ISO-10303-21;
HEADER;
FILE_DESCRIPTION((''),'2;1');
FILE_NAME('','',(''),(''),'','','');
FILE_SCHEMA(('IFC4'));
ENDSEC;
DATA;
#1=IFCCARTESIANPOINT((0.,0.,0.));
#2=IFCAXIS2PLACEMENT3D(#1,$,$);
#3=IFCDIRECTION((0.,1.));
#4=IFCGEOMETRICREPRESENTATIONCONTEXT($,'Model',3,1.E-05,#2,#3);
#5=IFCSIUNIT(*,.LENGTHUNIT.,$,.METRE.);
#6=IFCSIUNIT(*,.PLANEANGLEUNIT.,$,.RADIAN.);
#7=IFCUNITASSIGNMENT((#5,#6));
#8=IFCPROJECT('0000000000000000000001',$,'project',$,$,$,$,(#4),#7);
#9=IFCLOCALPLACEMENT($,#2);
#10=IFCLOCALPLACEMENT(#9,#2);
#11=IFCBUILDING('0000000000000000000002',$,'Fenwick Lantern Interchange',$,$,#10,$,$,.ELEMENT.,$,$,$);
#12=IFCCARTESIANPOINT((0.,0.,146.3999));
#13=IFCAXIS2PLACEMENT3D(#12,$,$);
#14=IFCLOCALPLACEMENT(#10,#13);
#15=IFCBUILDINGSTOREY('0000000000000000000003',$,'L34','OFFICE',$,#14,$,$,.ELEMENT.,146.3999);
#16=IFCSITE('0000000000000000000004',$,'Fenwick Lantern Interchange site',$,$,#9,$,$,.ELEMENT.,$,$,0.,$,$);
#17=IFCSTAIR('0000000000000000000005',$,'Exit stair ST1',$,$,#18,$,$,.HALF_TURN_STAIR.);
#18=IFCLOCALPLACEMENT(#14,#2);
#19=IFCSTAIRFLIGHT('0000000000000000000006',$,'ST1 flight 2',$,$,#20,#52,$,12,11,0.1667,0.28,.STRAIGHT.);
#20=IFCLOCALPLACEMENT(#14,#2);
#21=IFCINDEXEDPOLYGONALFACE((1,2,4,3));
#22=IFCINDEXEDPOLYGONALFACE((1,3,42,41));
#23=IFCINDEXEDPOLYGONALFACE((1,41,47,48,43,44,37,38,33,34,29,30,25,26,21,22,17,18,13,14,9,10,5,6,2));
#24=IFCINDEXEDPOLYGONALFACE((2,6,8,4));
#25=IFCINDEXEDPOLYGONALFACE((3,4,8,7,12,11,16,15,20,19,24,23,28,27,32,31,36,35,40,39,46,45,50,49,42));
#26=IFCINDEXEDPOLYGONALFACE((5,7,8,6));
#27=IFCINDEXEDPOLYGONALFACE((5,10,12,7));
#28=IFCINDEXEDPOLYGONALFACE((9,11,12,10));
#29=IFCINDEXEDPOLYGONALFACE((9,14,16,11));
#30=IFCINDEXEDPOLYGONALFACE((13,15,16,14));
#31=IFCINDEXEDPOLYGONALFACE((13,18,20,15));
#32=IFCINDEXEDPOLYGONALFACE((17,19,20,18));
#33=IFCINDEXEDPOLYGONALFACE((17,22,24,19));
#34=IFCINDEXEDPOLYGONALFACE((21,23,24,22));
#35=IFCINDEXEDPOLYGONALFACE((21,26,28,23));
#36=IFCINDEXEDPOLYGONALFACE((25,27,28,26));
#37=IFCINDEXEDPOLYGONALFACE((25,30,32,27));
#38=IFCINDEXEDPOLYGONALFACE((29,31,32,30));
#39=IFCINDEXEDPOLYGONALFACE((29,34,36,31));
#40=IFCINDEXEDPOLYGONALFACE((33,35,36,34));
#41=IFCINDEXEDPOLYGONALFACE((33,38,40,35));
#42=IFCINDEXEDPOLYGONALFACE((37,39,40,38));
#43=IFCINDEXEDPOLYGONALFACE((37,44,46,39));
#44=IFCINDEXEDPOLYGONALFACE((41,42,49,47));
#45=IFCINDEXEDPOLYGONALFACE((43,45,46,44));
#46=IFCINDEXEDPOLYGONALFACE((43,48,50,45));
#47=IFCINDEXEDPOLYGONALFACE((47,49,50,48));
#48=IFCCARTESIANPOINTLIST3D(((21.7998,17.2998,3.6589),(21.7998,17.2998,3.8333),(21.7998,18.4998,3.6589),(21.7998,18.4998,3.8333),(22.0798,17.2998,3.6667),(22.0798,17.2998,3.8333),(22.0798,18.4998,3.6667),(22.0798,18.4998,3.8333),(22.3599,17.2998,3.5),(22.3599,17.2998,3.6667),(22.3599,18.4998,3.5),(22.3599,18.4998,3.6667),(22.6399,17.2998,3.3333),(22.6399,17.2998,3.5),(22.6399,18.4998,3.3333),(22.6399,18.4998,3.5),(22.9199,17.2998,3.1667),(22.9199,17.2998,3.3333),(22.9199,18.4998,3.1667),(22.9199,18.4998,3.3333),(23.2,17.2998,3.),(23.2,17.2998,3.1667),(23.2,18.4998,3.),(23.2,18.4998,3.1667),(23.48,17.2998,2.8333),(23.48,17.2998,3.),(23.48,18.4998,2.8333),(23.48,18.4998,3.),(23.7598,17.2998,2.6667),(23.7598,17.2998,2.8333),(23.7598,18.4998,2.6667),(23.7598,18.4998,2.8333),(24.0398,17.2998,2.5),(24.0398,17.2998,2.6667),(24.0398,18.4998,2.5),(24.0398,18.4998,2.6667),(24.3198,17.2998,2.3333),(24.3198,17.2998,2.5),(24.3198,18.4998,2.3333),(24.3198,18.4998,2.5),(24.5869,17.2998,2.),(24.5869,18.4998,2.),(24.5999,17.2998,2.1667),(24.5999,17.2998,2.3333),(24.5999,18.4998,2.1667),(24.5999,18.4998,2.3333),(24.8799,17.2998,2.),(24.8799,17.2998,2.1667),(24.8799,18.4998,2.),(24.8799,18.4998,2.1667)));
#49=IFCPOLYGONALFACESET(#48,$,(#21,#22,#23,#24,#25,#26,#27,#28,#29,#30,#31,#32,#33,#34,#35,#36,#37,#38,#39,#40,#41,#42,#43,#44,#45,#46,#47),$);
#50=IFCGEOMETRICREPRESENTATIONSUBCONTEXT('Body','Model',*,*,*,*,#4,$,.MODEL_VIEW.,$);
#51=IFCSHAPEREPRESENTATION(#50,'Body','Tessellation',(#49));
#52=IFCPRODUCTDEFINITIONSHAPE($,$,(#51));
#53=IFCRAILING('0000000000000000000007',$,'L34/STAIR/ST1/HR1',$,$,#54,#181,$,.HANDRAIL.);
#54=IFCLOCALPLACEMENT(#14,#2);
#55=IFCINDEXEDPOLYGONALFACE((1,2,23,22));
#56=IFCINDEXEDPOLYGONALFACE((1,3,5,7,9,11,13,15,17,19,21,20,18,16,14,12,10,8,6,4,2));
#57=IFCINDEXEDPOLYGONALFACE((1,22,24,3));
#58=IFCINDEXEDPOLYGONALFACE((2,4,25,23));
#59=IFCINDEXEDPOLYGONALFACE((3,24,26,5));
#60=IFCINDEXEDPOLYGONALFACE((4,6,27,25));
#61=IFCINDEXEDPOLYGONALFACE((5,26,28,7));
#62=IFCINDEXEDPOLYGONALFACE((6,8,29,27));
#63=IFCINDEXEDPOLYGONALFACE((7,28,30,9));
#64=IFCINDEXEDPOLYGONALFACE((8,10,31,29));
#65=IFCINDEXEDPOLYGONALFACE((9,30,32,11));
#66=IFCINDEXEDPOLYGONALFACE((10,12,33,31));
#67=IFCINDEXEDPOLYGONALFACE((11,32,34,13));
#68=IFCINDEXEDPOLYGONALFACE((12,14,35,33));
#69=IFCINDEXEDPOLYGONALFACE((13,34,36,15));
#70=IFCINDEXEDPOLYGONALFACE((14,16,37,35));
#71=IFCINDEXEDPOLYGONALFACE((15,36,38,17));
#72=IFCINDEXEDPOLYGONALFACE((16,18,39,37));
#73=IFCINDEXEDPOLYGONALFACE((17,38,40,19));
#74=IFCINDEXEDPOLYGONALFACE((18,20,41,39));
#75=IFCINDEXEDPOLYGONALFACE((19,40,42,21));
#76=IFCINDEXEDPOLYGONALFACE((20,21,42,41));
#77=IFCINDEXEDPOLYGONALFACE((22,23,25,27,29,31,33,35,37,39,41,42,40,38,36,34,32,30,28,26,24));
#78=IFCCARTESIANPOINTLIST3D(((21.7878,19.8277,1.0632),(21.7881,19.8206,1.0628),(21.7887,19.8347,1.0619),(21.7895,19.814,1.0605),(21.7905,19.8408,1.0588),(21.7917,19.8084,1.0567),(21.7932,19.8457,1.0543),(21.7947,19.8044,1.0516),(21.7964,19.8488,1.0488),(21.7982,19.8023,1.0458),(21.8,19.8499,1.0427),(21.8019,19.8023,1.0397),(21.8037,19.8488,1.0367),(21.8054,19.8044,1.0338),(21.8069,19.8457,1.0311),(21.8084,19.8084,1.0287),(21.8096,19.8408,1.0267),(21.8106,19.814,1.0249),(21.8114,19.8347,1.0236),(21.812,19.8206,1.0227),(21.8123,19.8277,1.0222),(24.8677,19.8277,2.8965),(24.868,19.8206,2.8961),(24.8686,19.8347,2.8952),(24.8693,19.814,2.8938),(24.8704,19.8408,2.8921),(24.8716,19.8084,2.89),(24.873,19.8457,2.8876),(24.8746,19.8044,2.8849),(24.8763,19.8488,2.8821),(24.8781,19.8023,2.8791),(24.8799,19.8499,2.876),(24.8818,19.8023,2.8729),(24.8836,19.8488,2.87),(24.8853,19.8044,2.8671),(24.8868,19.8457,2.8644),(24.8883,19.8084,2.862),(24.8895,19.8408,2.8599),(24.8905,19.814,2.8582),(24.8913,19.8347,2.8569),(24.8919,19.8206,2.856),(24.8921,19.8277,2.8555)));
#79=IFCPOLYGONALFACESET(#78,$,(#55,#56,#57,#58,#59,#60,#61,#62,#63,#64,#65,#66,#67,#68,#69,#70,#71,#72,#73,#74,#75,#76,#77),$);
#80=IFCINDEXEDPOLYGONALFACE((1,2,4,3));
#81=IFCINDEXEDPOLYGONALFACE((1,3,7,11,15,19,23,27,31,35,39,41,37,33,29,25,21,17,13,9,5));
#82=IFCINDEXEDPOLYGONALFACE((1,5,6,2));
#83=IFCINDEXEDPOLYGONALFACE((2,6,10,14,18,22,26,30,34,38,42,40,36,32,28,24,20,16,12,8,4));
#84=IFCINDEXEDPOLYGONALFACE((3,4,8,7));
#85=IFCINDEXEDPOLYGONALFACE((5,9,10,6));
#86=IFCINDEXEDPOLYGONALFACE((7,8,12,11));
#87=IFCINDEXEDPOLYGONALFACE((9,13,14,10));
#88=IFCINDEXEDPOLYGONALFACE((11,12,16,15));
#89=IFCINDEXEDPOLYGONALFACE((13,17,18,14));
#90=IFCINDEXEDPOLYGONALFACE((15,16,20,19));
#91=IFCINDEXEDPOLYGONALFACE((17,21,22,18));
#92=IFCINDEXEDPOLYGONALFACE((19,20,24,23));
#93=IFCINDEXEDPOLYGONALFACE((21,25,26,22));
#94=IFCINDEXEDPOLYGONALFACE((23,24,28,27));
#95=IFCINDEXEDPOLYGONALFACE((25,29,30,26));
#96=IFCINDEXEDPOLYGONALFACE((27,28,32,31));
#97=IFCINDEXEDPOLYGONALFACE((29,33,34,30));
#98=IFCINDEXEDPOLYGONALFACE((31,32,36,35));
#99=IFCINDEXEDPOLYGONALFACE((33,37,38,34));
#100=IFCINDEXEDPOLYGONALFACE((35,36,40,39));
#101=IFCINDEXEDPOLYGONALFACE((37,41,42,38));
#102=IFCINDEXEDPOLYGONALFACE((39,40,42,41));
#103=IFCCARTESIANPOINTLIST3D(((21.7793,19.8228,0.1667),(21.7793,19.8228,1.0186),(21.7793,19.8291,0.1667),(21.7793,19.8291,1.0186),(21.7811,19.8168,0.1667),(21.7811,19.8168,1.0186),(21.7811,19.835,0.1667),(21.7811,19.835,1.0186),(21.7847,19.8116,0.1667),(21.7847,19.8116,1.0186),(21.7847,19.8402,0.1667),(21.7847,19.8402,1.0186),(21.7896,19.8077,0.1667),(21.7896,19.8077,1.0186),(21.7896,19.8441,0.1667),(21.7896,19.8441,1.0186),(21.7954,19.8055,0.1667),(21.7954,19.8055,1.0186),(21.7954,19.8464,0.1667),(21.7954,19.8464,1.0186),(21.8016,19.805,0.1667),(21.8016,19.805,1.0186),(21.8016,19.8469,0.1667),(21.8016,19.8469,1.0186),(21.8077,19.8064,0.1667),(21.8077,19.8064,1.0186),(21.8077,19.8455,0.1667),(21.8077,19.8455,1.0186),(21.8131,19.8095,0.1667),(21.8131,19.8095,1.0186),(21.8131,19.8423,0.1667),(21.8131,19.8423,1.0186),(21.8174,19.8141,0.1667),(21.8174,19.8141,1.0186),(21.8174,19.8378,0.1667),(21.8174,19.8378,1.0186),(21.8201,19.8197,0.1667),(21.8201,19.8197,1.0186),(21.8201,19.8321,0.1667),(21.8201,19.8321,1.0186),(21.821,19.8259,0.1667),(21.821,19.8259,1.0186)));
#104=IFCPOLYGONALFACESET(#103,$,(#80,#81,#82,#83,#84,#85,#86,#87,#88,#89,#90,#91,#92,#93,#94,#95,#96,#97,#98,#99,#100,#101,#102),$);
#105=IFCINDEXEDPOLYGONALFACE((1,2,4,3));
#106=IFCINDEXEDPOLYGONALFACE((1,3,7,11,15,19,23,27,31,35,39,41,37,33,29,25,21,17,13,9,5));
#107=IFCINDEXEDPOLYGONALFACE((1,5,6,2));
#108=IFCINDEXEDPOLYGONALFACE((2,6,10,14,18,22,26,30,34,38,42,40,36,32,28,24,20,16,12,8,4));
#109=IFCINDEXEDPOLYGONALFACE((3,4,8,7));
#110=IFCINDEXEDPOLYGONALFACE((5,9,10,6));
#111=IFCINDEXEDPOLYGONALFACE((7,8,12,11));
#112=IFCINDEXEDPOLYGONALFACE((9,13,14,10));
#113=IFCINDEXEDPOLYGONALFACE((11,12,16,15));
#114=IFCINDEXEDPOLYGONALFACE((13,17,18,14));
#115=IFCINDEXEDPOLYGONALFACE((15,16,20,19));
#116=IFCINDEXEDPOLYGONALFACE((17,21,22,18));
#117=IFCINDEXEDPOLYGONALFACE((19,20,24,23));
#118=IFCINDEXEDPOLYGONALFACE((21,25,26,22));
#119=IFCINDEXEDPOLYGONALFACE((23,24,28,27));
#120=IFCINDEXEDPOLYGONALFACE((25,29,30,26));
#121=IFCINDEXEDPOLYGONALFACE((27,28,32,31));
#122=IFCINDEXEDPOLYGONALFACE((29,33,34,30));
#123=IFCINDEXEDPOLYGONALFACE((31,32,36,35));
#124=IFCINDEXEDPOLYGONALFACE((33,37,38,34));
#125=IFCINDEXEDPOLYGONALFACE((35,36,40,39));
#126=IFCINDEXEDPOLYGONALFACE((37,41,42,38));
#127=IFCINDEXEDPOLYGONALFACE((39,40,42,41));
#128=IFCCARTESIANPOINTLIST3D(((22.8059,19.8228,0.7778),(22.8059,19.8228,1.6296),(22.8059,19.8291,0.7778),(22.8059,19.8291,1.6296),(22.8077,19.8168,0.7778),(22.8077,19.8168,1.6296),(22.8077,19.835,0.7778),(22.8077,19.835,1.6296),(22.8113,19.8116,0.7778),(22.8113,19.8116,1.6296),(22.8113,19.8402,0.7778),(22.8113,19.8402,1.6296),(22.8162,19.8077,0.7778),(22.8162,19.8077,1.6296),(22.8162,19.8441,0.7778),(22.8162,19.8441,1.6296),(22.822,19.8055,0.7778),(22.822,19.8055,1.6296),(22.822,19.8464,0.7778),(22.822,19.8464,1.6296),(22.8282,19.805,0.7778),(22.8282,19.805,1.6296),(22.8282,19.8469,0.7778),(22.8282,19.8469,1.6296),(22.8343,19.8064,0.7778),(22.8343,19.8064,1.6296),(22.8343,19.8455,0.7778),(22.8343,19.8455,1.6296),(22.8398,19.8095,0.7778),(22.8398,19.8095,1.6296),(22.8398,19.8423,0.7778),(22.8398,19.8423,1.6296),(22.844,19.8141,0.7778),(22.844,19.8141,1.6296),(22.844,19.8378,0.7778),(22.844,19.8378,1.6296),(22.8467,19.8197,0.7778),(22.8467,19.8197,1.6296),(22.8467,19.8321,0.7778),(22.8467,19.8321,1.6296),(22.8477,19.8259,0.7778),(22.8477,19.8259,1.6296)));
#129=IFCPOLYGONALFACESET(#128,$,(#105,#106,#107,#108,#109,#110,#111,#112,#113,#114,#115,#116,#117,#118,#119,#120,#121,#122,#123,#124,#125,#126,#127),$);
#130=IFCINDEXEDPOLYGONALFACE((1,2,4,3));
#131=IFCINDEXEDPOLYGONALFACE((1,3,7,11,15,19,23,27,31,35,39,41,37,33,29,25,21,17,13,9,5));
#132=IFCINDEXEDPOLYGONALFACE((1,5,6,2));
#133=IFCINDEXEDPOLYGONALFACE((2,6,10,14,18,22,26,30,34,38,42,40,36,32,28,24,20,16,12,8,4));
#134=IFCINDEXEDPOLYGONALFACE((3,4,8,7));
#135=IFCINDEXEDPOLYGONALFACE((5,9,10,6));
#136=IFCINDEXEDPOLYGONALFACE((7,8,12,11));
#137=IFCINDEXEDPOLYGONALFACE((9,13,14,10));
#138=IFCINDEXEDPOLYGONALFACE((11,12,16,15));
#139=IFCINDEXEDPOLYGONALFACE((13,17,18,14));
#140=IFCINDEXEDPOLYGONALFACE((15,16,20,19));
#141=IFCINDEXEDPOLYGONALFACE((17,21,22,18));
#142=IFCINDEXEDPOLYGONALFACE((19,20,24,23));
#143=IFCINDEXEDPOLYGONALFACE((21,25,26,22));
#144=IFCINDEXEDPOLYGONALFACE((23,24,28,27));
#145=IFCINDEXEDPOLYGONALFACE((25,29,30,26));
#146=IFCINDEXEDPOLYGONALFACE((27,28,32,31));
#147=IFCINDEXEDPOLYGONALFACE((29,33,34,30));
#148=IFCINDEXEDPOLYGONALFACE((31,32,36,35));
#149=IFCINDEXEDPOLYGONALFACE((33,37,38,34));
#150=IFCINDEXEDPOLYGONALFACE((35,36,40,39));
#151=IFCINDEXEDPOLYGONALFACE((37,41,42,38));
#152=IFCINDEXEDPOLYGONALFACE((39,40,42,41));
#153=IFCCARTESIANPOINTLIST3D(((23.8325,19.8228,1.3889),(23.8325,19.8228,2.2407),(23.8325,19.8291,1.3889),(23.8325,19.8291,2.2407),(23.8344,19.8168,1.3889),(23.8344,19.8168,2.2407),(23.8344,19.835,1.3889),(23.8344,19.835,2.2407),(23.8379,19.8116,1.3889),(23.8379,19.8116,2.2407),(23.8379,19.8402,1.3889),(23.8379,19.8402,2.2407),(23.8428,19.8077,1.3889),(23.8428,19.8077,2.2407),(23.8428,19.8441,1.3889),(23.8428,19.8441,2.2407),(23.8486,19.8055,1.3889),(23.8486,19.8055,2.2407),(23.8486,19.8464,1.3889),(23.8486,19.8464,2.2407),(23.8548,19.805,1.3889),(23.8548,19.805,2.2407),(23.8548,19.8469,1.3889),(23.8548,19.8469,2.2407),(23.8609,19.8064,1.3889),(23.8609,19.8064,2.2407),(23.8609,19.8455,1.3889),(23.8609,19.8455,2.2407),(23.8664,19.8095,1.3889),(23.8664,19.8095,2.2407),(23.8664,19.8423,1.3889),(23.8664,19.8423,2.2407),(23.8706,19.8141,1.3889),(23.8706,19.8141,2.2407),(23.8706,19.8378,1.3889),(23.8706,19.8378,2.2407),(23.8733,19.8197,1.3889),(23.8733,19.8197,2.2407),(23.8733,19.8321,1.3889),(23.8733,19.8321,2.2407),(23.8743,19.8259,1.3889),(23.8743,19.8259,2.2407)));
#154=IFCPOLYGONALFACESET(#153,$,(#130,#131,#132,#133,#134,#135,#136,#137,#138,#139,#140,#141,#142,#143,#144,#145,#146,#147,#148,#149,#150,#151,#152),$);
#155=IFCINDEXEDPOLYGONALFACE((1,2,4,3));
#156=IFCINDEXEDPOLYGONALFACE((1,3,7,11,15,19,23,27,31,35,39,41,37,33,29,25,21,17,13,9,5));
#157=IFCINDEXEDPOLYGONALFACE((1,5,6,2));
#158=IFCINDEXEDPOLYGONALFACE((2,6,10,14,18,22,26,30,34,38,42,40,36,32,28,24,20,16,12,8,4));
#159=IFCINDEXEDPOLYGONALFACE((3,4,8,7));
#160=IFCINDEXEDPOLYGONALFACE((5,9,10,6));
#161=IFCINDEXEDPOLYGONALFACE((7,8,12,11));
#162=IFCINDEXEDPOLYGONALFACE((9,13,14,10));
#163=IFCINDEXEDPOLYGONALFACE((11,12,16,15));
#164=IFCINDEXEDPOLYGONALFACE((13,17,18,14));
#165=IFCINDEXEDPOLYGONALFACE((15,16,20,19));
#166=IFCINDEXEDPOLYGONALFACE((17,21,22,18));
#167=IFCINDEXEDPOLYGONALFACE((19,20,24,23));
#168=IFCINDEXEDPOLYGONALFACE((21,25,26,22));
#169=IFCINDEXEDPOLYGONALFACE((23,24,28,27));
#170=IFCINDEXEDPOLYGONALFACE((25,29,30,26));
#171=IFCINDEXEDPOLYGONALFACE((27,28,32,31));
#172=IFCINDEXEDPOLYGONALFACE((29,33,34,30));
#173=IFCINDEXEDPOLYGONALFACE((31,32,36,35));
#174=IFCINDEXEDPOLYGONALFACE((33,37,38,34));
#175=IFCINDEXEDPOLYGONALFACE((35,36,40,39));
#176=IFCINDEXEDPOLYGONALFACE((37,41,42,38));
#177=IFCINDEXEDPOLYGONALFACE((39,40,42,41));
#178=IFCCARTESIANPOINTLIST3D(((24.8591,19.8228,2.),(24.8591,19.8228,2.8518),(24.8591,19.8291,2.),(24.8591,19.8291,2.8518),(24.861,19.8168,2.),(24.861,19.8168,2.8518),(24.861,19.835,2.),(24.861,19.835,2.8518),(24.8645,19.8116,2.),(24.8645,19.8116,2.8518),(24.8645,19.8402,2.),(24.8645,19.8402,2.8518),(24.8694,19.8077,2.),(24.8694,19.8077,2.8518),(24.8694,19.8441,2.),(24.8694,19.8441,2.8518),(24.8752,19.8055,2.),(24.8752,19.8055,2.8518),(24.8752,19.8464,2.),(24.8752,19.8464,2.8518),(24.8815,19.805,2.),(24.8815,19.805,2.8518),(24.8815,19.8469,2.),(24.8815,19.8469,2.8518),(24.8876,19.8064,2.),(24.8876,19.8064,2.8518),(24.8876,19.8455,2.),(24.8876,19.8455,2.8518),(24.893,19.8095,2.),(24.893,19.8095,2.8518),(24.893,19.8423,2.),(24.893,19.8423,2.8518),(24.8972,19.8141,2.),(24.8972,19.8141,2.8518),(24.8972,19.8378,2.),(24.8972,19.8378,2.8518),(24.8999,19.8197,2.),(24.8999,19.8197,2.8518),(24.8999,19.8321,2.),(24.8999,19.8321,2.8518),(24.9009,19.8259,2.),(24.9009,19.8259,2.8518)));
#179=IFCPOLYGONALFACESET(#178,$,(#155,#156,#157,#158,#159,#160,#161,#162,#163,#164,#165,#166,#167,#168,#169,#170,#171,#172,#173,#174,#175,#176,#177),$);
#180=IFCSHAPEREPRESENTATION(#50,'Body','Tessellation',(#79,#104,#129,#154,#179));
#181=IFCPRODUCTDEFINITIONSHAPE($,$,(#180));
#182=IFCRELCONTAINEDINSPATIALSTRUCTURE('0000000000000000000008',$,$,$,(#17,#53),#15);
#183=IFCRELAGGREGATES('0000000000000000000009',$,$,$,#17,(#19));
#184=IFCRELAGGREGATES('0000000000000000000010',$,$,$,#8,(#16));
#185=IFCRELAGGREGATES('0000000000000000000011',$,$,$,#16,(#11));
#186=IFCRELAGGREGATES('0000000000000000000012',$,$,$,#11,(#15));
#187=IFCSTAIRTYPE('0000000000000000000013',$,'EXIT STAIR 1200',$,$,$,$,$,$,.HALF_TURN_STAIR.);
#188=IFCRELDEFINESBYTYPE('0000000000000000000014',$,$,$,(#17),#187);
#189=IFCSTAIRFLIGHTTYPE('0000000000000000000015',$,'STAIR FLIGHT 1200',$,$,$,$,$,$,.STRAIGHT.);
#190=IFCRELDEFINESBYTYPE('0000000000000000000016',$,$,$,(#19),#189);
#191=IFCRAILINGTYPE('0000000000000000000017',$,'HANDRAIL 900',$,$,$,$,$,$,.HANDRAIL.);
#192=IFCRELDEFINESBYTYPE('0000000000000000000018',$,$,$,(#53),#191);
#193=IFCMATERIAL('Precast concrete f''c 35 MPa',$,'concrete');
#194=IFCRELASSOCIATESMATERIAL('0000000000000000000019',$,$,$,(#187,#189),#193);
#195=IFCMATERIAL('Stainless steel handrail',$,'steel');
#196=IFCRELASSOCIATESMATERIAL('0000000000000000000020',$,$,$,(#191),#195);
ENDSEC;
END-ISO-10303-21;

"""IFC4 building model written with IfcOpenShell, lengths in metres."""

from ifc_helpers import new_model, si_unit, direction, frame, origin, origin_2d, place, context, subcontext, project, spatial, polyline, circle, outline, extrude, material, type_object, element, aggregate, save


model = new_model("IFC4")

# Units and contexts
model_context = context("Model", 3, precision=1e-05, world=origin(), true_north=direction((0.0, 1.0)))
body_context = subcontext(model_context, "Body", "Model", "MODEL_VIEW")
ifc_project = project(units=[si_unit("LENGTHUNIT", "METRE"), si_unit("PLANEANGLEUNIT", "RADIAN")], contexts=[model_context])

# Site, building, storey
site_placement = place(None, origin())
site = spatial("IfcSite", under=ifc_project, at=site_placement, Name="Fenwick Lantern Interchange site", CompositionType="ELEMENT", RefElevation=0.0)
building_placement = place(site_placement, origin())
building = spatial("IfcBuilding", under=site, at=building_placement, Name="Fenwick Lantern Interchange", CompositionType="ELEMENT")
storey_placement = place(building_placement, frame((0.0, 0.0, 146.3999)))
storey = spatial("IfcBuildingStorey", under=building, at=storey_placement, Name="L34", Description="OFFICE", CompositionType="ELEMENT", Elevation=146.3999)

# Stair, stair flight
ifc_material_1 = material(Name="Precast concrete f'c 35 MPa", Category="concrete")
stair_type = type_object("IfcStairType", Name="EXIT STAIR 1200", PredefinedType="HALF_TURN_STAIR", material=ifc_material_1)
stair_placement = place(storey_placement, origin())
stair = element("IfcStair", 1, at=stair_placement, inside=storey, type_object=stair_type, Name="Exit stair ST1", PredefinedType="HALF_TURN_STAIR")
stair_flight_type = type_object("IfcStairFlightType", Name="STAIR FLIGHT 1200", PredefinedType="STRAIGHT", material=ifc_material_1)
stair_flight_1_placement = place(storey_placement, frame((24.8799, 17.8999, 2.0), z_axis=(0.0, 0.0, 1.0), x_axis=(-1.0, 0.0, 0.0)))
stair_flight_1 = element("IfcStairFlight", 2, at=stair_flight_1_placement, type_object=stair_flight_type, Name="ST1 flight 2", NumberOfRisers=12, NumberOfTreads=11, PredefinedType="STRAIGHT", RiserHeight=0.1667, TreadLength=0.28, context=body_context, shape_type="SweptSolid", body=[
    extrude(outline(polyline([(0.0, 0.0), (0.0, 0.1667), (0.28, 0.1667), (0.28, 0.3333), (0.5601, 0.3333), (0.5601, 0.5), (0.8401, 0.5), (0.8401, 0.6667), (1.1201, 0.6667), (1.1201, 0.8333), (1.3999, 0.8333), (1.3999, 1.0), (1.6799, 1.0), (1.6799, 1.1667), (1.96, 1.1667), (1.96, 1.3333), (2.24, 1.3333), (2.24, 1.5), (2.52, 1.5), (2.52, 1.6667), (2.8, 1.6667), (2.8, 1.8333), (3.0801, 1.8333), (3.0801, 2.0), (3.0801, 1.6589), (0.293, 0.0), (0.0, 0.0)])), frame((0.0, 0.6001, 0.0), z_axis=(0.0, -1.0, 0.0), x_axis=(1.0, 0.0, 0.0)), (0.0, 0.0, 1.0), 1.2),
])
aggregate(stair, [stair_flight_1])

# Railing
ifc_material_2 = material(Name="Stainless steel handrail", Category="steel")
railing_type = type_object("IfcRailingType", Name="HANDRAIL 900", PredefinedType="HANDRAIL", material=ifc_material_2)
railing_1_placement = place(storey_placement, frame((21.8, 19.8259, 0.1667)))
element("IfcRailing", 3, at=railing_1_placement, inside=storey, type_object=railing_type, Name="L34/STAIR/ST1/HR1", PredefinedType="HANDRAIL", context=body_context, shape_type="SweptSolid", body=[
    extrude(circle(Radius=0.0239, at=origin_2d()), frame((0.0, 0.0, 0.876), z_axis=(0.859291, 0.0, 0.511487), x_axis=(0.0, 1.0, 0.0)), (0.0, 0.0, 1.0), 3.5842),
    extrude(circle(Radius=0.021, at=origin_2d()), origin(), (0.0, 0.0, 1.0), 0.8518),
    extrude(circle(Radius=0.021, at=origin_2d()), frame((1.0266, 0.0, 0.6111)), (0.0, 0.0, 1.0), 0.8518),
    extrude(circle(Radius=0.021, at=origin_2d()), frame((2.0532, 0.0, 1.2222)), (0.0, 0.0, 1.0), 0.8518),
    extrude(circle(Radius=0.021, at=origin_2d()), frame((3.0798, 0.0, 1.8333)), (0.0, 0.0, 1.0), 0.8518),
])

save(model, "model.ifc")
